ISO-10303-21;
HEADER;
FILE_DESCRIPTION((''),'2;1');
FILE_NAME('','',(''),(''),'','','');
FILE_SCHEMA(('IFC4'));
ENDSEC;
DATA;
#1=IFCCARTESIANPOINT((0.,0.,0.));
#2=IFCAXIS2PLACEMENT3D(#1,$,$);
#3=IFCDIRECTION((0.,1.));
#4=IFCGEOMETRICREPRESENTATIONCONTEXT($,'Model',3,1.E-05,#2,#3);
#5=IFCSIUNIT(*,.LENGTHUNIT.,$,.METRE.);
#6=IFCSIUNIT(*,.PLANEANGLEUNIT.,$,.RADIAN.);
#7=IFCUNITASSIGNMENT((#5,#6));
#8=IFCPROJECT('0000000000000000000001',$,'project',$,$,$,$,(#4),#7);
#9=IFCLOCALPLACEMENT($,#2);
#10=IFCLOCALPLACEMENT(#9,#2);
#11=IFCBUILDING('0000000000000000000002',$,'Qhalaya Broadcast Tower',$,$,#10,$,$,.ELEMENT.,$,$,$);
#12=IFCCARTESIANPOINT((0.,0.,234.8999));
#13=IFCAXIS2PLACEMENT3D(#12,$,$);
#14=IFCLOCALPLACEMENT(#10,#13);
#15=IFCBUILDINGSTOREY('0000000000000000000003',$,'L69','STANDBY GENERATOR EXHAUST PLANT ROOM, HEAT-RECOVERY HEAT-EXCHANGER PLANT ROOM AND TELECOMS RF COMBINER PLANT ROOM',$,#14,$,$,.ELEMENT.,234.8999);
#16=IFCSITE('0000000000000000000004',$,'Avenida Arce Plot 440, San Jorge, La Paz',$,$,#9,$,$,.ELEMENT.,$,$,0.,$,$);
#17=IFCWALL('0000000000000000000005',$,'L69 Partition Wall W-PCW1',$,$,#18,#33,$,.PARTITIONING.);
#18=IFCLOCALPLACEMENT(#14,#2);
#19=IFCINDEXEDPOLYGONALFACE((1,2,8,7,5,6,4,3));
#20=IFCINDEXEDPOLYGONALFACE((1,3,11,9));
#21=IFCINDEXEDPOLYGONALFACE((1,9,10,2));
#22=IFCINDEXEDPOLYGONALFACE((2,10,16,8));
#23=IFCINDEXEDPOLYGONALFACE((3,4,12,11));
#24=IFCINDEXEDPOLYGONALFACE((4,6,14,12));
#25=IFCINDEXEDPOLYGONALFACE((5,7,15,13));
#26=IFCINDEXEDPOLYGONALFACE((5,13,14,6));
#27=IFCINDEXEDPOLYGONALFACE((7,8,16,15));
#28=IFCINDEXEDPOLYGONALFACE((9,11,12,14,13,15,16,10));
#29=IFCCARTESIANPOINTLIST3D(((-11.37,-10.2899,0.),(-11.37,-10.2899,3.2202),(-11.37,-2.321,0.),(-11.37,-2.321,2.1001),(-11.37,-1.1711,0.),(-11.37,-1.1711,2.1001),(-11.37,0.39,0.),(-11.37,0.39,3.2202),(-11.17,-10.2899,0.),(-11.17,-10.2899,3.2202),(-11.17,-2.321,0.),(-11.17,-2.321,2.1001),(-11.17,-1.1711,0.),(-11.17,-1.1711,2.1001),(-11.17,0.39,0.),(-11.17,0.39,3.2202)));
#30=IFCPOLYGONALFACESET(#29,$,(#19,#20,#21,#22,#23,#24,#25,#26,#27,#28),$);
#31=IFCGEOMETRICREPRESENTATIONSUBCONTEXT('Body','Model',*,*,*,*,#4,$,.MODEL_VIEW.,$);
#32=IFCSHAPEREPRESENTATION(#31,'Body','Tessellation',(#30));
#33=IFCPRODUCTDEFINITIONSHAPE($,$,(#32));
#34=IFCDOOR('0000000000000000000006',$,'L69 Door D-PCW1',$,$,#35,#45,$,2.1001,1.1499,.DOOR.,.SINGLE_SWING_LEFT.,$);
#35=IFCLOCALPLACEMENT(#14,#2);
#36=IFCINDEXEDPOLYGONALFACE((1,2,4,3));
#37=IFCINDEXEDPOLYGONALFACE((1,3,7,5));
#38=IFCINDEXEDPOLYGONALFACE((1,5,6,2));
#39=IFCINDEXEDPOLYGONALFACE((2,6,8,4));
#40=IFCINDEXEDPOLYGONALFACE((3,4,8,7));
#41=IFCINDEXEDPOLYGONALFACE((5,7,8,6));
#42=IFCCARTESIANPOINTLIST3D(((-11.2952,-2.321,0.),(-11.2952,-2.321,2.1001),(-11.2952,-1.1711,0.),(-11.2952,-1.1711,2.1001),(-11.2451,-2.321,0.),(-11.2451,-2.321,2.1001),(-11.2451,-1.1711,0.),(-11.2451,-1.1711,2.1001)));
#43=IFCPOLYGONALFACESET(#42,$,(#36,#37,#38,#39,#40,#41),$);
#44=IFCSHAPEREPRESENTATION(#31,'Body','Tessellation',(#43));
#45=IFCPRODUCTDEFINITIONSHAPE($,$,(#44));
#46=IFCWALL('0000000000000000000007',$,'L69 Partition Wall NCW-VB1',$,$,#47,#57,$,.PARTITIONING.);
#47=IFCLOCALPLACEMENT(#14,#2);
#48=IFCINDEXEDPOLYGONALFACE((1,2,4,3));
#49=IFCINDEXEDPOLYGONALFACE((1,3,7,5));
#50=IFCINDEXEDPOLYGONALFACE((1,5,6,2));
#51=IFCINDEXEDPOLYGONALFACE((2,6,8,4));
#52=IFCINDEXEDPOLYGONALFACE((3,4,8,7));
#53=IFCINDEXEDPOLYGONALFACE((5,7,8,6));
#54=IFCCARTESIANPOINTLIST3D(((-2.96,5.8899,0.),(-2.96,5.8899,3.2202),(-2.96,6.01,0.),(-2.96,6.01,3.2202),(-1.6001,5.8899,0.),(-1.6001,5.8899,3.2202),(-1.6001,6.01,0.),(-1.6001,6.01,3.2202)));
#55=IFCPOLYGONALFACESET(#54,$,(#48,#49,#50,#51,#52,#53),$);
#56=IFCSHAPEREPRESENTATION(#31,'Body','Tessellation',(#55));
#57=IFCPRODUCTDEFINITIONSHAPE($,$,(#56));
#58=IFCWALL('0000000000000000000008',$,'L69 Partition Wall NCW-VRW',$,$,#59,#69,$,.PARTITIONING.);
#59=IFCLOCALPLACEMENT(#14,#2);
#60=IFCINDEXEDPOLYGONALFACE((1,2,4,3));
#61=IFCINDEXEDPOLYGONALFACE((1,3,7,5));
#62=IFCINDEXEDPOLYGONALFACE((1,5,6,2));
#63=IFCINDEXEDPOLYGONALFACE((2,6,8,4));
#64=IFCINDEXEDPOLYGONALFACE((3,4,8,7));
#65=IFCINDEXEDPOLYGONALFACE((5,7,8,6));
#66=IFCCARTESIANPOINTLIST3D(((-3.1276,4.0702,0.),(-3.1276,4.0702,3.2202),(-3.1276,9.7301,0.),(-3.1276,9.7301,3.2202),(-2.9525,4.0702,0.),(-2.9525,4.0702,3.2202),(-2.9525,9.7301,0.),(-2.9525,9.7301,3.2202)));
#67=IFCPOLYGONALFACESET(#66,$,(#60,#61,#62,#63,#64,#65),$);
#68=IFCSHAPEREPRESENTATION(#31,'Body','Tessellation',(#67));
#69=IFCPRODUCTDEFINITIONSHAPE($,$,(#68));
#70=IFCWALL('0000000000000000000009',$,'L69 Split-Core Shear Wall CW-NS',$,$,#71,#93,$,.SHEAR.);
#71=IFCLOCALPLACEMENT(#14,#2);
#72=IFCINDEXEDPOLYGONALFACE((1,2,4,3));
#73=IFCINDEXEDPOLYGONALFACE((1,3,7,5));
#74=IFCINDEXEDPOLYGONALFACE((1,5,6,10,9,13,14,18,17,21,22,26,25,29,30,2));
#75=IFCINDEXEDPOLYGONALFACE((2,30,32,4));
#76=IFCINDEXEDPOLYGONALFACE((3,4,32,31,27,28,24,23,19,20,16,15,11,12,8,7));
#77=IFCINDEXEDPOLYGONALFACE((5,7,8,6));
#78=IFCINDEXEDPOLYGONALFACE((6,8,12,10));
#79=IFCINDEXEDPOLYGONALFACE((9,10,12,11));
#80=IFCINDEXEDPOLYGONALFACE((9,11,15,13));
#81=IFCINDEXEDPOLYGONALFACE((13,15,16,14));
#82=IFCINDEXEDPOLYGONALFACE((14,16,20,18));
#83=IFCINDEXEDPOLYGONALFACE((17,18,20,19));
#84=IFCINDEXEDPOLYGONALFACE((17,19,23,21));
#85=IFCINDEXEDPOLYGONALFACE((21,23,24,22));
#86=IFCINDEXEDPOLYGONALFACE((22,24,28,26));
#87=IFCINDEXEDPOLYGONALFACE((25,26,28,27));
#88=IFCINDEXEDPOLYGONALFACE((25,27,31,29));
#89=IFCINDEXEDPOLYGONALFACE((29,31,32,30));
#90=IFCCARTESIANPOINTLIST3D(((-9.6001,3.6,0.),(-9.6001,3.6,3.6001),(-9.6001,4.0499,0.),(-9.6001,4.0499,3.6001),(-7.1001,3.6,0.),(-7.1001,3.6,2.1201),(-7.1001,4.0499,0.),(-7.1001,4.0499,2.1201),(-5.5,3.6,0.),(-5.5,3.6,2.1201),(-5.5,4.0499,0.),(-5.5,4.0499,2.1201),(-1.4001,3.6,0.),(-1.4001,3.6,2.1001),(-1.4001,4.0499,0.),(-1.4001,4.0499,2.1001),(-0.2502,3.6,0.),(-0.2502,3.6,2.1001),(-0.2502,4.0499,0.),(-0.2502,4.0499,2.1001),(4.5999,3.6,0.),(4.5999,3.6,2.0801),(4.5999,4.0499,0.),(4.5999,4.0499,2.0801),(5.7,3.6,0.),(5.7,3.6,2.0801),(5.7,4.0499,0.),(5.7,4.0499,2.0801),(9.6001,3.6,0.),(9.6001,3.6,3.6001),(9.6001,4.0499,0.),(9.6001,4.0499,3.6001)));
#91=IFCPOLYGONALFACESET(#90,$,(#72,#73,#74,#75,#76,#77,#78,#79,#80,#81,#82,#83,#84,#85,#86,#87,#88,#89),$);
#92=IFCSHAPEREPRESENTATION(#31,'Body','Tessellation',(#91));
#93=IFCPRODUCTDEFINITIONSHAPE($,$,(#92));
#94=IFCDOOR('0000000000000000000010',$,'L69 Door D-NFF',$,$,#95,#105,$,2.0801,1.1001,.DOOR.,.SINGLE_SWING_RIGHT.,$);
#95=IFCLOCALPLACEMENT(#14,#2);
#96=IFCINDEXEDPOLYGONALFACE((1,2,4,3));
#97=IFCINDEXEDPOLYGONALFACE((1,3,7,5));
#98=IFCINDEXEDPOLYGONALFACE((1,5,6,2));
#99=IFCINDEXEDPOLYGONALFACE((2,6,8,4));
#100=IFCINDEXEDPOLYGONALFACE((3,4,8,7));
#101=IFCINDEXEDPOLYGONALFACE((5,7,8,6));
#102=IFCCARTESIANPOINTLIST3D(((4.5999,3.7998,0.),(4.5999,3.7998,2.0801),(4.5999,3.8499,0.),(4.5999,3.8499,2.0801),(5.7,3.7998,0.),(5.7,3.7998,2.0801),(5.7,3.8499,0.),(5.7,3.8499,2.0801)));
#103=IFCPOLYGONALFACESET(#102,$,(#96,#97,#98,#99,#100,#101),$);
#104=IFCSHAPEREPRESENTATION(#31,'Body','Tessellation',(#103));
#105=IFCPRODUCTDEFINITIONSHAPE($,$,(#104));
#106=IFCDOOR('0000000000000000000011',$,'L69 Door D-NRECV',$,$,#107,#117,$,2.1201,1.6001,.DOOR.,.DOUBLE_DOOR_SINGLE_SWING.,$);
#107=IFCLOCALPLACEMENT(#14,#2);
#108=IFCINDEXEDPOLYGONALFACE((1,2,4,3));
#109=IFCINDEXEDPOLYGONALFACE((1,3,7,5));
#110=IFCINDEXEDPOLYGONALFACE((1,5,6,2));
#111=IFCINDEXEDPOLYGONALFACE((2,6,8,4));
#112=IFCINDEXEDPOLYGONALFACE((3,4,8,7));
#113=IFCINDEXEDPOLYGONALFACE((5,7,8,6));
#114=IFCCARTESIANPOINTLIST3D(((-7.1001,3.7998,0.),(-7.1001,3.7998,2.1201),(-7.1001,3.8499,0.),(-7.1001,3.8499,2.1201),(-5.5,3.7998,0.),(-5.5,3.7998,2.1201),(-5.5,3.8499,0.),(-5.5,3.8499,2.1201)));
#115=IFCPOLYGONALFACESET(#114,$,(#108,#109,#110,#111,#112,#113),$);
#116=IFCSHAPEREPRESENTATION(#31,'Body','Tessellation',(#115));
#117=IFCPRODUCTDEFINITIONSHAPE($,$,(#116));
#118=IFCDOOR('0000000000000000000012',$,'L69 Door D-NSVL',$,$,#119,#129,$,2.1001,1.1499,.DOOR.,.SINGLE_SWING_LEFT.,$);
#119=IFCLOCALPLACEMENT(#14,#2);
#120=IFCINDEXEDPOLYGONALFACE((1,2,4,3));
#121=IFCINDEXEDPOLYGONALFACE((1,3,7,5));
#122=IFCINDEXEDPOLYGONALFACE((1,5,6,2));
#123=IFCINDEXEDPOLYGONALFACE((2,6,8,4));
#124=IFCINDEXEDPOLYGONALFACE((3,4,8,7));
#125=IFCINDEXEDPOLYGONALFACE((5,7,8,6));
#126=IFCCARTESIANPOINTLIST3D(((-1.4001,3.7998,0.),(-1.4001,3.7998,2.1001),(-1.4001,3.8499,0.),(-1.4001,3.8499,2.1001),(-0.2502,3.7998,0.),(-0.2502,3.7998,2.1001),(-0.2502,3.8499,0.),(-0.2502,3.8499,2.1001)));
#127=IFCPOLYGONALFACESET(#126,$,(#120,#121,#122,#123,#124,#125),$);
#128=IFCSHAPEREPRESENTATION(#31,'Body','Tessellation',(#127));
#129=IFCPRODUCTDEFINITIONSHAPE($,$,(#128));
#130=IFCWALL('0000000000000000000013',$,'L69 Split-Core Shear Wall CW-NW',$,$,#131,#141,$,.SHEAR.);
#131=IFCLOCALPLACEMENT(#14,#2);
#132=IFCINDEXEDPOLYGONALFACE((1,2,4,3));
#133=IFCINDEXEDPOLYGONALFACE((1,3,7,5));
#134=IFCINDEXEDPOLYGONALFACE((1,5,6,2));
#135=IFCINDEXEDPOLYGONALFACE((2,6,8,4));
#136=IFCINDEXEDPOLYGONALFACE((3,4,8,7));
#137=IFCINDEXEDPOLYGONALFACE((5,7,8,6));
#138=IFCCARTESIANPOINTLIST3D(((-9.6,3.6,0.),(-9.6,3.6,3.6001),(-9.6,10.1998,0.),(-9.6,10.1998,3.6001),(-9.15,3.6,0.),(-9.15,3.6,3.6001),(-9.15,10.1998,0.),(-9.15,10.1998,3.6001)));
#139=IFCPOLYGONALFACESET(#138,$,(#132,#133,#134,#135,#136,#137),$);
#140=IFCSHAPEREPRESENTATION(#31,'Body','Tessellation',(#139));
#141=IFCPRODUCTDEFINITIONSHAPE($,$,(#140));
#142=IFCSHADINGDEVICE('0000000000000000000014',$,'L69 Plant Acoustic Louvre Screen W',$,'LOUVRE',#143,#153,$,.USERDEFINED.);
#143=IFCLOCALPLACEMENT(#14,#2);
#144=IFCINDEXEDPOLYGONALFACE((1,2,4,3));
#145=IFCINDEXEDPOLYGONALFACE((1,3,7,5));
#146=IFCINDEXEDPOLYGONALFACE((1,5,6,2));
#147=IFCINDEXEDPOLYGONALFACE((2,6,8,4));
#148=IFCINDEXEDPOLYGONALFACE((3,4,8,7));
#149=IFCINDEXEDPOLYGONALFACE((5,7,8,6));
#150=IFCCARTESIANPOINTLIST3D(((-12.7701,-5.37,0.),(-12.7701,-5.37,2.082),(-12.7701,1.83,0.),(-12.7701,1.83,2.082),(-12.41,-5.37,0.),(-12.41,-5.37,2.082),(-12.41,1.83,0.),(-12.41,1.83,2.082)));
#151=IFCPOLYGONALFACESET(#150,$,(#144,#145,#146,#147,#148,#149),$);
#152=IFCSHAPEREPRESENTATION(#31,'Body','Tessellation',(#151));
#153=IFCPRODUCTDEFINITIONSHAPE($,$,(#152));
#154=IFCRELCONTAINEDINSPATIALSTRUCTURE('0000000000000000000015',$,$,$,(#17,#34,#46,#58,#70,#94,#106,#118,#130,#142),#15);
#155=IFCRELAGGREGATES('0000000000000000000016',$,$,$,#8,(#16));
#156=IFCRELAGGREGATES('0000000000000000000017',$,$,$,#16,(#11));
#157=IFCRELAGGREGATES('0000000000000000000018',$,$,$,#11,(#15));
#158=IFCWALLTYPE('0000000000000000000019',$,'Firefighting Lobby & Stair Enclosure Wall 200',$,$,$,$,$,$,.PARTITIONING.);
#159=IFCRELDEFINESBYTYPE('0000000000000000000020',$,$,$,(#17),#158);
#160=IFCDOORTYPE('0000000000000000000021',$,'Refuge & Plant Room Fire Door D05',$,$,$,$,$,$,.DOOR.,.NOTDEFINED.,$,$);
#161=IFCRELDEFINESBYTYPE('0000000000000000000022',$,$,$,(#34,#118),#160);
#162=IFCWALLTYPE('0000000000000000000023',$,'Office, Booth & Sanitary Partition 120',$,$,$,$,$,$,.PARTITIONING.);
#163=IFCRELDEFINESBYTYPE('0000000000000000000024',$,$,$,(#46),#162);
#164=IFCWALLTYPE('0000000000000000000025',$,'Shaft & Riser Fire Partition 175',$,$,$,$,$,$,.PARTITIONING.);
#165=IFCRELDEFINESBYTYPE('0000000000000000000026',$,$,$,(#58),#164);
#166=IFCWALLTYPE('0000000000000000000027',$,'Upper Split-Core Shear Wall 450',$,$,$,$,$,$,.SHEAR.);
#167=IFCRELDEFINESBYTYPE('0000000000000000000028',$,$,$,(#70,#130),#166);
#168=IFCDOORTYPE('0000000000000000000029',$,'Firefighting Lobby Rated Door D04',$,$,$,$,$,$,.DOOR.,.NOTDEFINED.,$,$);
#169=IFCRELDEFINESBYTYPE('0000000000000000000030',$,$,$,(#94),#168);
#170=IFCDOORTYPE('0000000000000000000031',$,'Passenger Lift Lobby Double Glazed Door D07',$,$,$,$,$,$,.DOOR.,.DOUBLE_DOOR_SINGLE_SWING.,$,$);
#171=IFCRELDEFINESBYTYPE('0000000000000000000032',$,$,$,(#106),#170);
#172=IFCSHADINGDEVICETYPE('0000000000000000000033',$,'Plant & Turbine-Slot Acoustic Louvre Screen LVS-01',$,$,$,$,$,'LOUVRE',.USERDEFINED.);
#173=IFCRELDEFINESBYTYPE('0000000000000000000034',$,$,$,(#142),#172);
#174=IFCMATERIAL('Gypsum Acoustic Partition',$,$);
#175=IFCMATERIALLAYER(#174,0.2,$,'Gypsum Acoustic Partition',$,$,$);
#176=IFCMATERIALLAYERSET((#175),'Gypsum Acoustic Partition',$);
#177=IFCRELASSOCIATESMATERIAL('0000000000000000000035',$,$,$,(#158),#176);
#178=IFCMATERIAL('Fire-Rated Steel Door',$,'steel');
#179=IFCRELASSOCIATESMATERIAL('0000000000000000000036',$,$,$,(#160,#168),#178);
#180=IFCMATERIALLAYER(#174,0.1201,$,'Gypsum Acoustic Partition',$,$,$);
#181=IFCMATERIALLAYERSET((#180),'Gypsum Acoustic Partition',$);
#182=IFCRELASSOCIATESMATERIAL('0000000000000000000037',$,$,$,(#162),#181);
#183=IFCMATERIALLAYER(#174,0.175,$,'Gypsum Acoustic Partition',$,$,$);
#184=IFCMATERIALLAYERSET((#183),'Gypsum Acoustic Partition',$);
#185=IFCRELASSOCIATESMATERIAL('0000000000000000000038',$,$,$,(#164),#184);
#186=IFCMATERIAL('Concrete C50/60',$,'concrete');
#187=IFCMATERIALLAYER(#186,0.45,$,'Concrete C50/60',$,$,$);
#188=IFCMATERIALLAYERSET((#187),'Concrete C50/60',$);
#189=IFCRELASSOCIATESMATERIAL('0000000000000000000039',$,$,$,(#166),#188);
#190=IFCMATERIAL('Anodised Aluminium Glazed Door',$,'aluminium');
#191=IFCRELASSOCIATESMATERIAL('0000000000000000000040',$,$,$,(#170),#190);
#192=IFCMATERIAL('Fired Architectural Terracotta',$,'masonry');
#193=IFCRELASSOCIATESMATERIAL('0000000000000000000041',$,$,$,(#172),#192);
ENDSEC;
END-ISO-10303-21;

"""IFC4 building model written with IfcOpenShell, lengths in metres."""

from ifc_helpers import new_model, si_unit, direction, frame, frame_2d, origin, origin_2d, place, context, subcontext, project, spatial, rectangle, extrude, material, layer, layer_set, type_object, element, fill, save


model = new_model("IFC4")

# Units and contexts
model_context = context("Model", 3, precision=1e-05, world=origin(), true_north=direction((0.0, 1.0)))
body_context = subcontext(model_context, "Body", "Model", "MODEL_VIEW")
ifc_project = project(units=[si_unit("LENGTHUNIT", "METRE"), si_unit("PLANEANGLEUNIT", "RADIAN")], contexts=[model_context])

# Site, building, storey
site_placement = place(None, origin())
site = spatial("IfcSite", under=ifc_project, at=site_placement, Name="Avenida Arce Plot 440, San Jorge, La Paz", CompositionType="ELEMENT", RefElevation=0.0)
building_placement = place(site_placement, origin())
building = spatial("IfcBuilding", under=site, at=building_placement, Name="Qhalaya Broadcast Tower", CompositionType="ELEMENT")
storey_placement = place(building_placement, frame((0.0, 0.0, 234.8999)))
storey = spatial("IfcBuildingStorey", under=building, at=storey_placement, Name="L69", Description="STANDBY GENERATOR EXHAUST PLANT ROOM, HEAT-RECOVERY HEAT-EXCHANGER PLANT ROOM AND TELECOMS RF COMBINER PLANT ROOM", CompositionType="ELEMENT", Elevation=234.8999)

# Shared definitions
ifc_material_1 = material(Name="Concrete C50/60", Category="concrete")

# Shared definitions
ifc_material_2 = material(Name="Gypsum Acoustic Partition")
ifc_material_3 = material(Name="Fire-Rated Steel Door", Category="steel")

# Wall, opening, door
ifc_layer_1 = layer(ifc_material_2, 0.2, Name="Gypsum Acoustic Partition")
ifc_layer_set_1 = layer_set([ifc_layer_1], Name="Gypsum Acoustic Partition")
wall_type_1 = type_object("IfcWallType", Name="Firefighting Lobby & Stair Enclosure Wall 200", PredefinedType="PARTITIONING", material=ifc_layer_set_1)
wall_1_placement = place(storey_placement, frame((-11.27, 0.3899, 0.0), z_axis=(0.0, 0.0, 1.0), x_axis=(0.0, -1.0, 0.0)))
wall_1 = element("IfcWall", 1, at=wall_1_placement, inside=storey, type_object=wall_type_1, Name="L69 Partition Wall W-PCW1", PredefinedType="PARTITIONING", context=body_context, shape_type="SweptSolid", body=[
    extrude(rectangle(XDim=10.6799, YDim=0.2, at=frame_2d((5.3398, 0.0))), origin(), (0.0, 0.0, 1.0), 3.2202),
])
opening_1_placement = place(wall_1_placement, frame((1.561, 0.0, 0.0)))
opening_1 = element("IfcOpeningElement", 2, at=opening_1_placement, cuts=wall_1, PredefinedType="OPENING", context=body_context, shape_type="SweptSolid", body=[
    extrude(rectangle(XDim=1.1499, YDim=2.1001, at=frame_2d((0.575, 1.05))), frame((0.0, 0.1121, 0.0), z_axis=(0.0, -1.0, 0.0), x_axis=(1.0, 0.0, 0.0)), (0.0, 0.0, 1.0), 0.2239),
])
door_type_1 = type_object("IfcDoorType", Name="Refuge & Plant Room Fire Door D05", OperationType="NOTDEFINED", PredefinedType="DOOR", material=ifc_material_3)
door_1_placement = place(opening_1_placement, origin())
door_1 = element("IfcDoor", 3, at=door_1_placement, inside=storey, type_object=door_type_1, Name="L69 Door D-PCW1", OperationType="SINGLE_SWING_LEFT", OverallHeight=2.1001, OverallWidth=1.1499, PredefinedType="DOOR", context=body_context, shape_type="SweptSolid", body=[
    extrude(rectangle(XDim=1.1499, YDim=2.1001, at=frame_2d((0.575, 1.05))), frame((0.0, 0.0249, 0.0), z_axis=(0.0, -1.0, 0.0), x_axis=(1.0, 0.0, 0.0)), (0.0, 0.0, 1.0), 0.05),
])
fill(opening_1, door_1)

# Walls
ifc_layer_2 = layer(ifc_material_2, 0.1201, Name="Gypsum Acoustic Partition")
ifc_layer_set_2 = layer_set([ifc_layer_2], Name="Gypsum Acoustic Partition")
wall_type_2 = type_object("IfcWallType", Name="Office, Booth & Sanitary Partition 120", PredefinedType="PARTITIONING", material=ifc_layer_set_2)
wall_2_placement = place(storey_placement, frame((-2.96, 5.95, 0.0), z_axis=(0.0, 0.0, 1.0), x_axis=(1.0, 0.0, 0.0)))
element("IfcWall", 4, at=wall_2_placement, inside=storey, type_object=wall_type_2, Name="L69 Partition Wall NCW-VB1", PredefinedType="PARTITIONING", context=body_context, shape_type="SweptSolid", body=[
    extrude(rectangle(XDim=1.3599, YDim=0.1201, at=frame_2d((0.6799, 0.0))), origin(), (0.0, 0.0, 1.0), 3.2202),
])
ifc_layer_3 = layer(ifc_material_2, 0.175, Name="Gypsum Acoustic Partition")
ifc_layer_set_3 = layer_set([ifc_layer_3], Name="Gypsum Acoustic Partition")
wall_type_3 = type_object("IfcWallType", Name="Shaft & Riser Fire Partition 175", PredefinedType="PARTITIONING", material=ifc_layer_set_3)
wall_3_placement = place(storey_placement, frame((-3.04, 4.0701, 0.0), z_axis=(0.0, 0.0, 1.0), x_axis=(0.0, 1.0, 0.0)))
element("IfcWall", 5, at=wall_3_placement, inside=storey, type_object=wall_type_3, Name="L69 Partition Wall NCW-VRW", PredefinedType="PARTITIONING", context=body_context, shape_type="SweptSolid", body=[
    extrude(rectangle(XDim=5.6599, YDim=0.175, at=frame_2d((2.8301, 0.0))), origin(), (0.0, 0.0, 1.0), 3.2202),
])

# Wall, openings, doors
ifc_layer_4 = layer(ifc_material_1, 0.45, Name="Concrete C50/60")
ifc_layer_set_4 = layer_set([ifc_layer_4], Name="Concrete C50/60")
wall_type_4 = type_object("IfcWallType", Name="Upper Split-Core Shear Wall 450", PredefinedType="SHEAR", material=ifc_layer_set_4)
wall_4_placement = place(storey_placement, frame((-9.6001, 3.825, 0.0), z_axis=(0.0, 0.0, 1.0), x_axis=(1.0, 0.0, 0.0)))
wall_4 = element("IfcWall", 6, at=wall_4_placement, inside=storey, type_object=wall_type_4, Name="L69 Split-Core Shear Wall CW-NS", PredefinedType="SHEAR", context=body_context, shape_type="SweptSolid", body=[
    extrude(rectangle(XDim=19.2002, YDim=0.45, at=frame_2d((9.6001, 0.0))), origin(), (0.0, 0.0, 1.0), 3.6001),
])
opening_2_placement = place(wall_4_placement, frame((14.2, 0.0, 0.0)))
opening_2 = element("IfcOpeningElement", 7, at=opening_2_placement, cuts=wall_4, PredefinedType="OPENING", context=body_context, shape_type="SweptSolid", body=[
    extrude(rectangle(XDim=1.1001, YDim=2.0801, at=frame_2d((0.55, 1.04))), frame((0.0, 0.2371, 0.0), z_axis=(0.0, -1.0, 0.0), x_axis=(1.0, 0.0, 0.0)), (0.0, 0.0, 1.0), 0.4739),
])
opening_3_placement = place(wall_4_placement, frame((8.2, 0.0, 0.0)))
opening_3 = element("IfcOpeningElement", 8, at=opening_3_placement, cuts=wall_4, PredefinedType="OPENING", context=body_context, shape_type="SweptSolid", body=[
    extrude(rectangle(XDim=1.1499, YDim=2.1001, at=frame_2d((0.575, 1.05))), frame((0.0, 0.2371, 0.0), z_axis=(0.0, -1.0, 0.0), x_axis=(1.0, 0.0, 0.0)), (0.0, 0.0, 1.0), 0.4739),
])
opening_4_placement = place(wall_4_placement, frame((2.5, 0.0, 0.0)))
opening_4 = element("IfcOpeningElement", 9, at=opening_4_placement, cuts=wall_4, PredefinedType="OPENING", context=body_context, shape_type="SweptSolid", body=[
    extrude(rectangle(XDim=1.6001, YDim=2.1201, at=frame_2d((0.8, 1.0601))), frame((0.0, 0.2371, 0.0), z_axis=(0.0, -1.0, 0.0), x_axis=(1.0, 0.0, 0.0)), (0.0, 0.0, 1.0), 0.4739),
])
door_type_2 = type_object("IfcDoorType", Name="Firefighting Lobby Rated Door D04", OperationType="NOTDEFINED", PredefinedType="DOOR", material=ifc_material_3)
door_2_placement = place(opening_2_placement, origin())
door_2 = element("IfcDoor", 10, at=door_2_placement, inside=storey, type_object=door_type_2, Name="L69 Door D-NFF", OperationType="SINGLE_SWING_RIGHT", OverallHeight=2.0801, OverallWidth=1.1001, PredefinedType="DOOR", context=body_context, shape_type="SweptSolid", body=[
    extrude(rectangle(XDim=1.1001, YDim=2.0801, at=frame_2d((0.55, 1.04))), frame((0.0, 0.0249, 0.0), z_axis=(0.0, -1.0, 0.0), x_axis=(1.0, 0.0, 0.0)), (0.0, 0.0, 1.0), 0.05),
])
fill(opening_2, door_2)
ifc_material_4 = material(Name="Anodised Aluminium Glazed Door", Category="aluminium")
door_type_3 = type_object("IfcDoorType", Name="Passenger Lift Lobby Double Glazed Door D07", OperationType="DOUBLE_DOOR_SINGLE_SWING", PredefinedType="DOOR", material=ifc_material_4)
door_3_placement = place(opening_4_placement, origin())
door_3 = element("IfcDoor", 11, at=door_3_placement, inside=storey, type_object=door_type_3, Name="L69 Door D-NRECV", OperationType="DOUBLE_DOOR_SINGLE_SWING", OverallHeight=2.1201, OverallWidth=1.6001, PredefinedType="DOOR", context=body_context, shape_type="SweptSolid", body=[
    extrude(rectangle(XDim=1.6001, YDim=2.1201, at=frame_2d((0.8, 1.0601))), frame((0.0, 0.0249, 0.0), z_axis=(0.0, -1.0, 0.0), x_axis=(1.0, 0.0, 0.0)), (0.0, 0.0, 1.0), 0.05),
])
fill(opening_4, door_3)
door_4_placement = place(opening_3_placement, origin())
door_4 = element("IfcDoor", 12, at=door_4_placement, inside=storey, type_object=door_type_1, Name="L69 Door D-NSVL", OperationType="SINGLE_SWING_LEFT", OverallHeight=2.1001, OverallWidth=1.1499, PredefinedType="DOOR", context=body_context, shape_type="SweptSolid", body=[
    extrude(rectangle(XDim=1.1499, YDim=2.1001, at=frame_2d((0.575, 1.05))), frame((0.0, 0.0249, 0.0), z_axis=(0.0, -1.0, 0.0), x_axis=(1.0, 0.0, 0.0)), (0.0, 0.0, 1.0), 0.05),
])
fill(opening_3, door_4)

# Wall
wall_5_placement = place(storey_placement, frame((-9.375, 3.6001, 0.0), z_axis=(0.0, 0.0, 1.0), x_axis=(0.0, 1.0, 0.0)))
element("IfcWall", 13, at=wall_5_placement, inside=storey, type_object=wall_type_4, Name="L69 Split-Core Shear Wall CW-NW", PredefinedType="SHEAR", context=body_context, shape_type="SweptSolid", body=[
    extrude(rectangle(XDim=6.5999, YDim=0.45, at=frame_2d((3.2998, 0.0))), origin(), (0.0, 0.0, 1.0), 3.6001),
])

# Shading device
ifc_material_5 = material(Name="Fired Architectural Terracotta", Category="masonry")
shading_device_type = type_object("IfcShadingDeviceType", Name="Plant & Turbine-Slot Acoustic Louvre Screen LVS-01", ElementType="LOUVRE", PredefinedType="USERDEFINED", material=ifc_material_5)
shading_device_placement = place(storey_placement, frame((-12.5901, -1.77, 0.0), z_axis=(0.0, 0.0, 1.0), x_axis=(0.0, 1.0, 0.0)))
element("IfcShadingDevice", 14, at=shading_device_placement, inside=storey, type_object=shading_device_type, Name="L69 Plant Acoustic Louvre Screen W", ObjectType="LOUVRE", PredefinedType="USERDEFINED", context=body_context, shape_type="SweptSolid", body=[
    extrude(rectangle(XDim=7.2, YDim=0.3601, at=origin_2d()), origin(), (0.0, 0.0, 1.0), 2.082),
])

save(model, "model.ifc")
